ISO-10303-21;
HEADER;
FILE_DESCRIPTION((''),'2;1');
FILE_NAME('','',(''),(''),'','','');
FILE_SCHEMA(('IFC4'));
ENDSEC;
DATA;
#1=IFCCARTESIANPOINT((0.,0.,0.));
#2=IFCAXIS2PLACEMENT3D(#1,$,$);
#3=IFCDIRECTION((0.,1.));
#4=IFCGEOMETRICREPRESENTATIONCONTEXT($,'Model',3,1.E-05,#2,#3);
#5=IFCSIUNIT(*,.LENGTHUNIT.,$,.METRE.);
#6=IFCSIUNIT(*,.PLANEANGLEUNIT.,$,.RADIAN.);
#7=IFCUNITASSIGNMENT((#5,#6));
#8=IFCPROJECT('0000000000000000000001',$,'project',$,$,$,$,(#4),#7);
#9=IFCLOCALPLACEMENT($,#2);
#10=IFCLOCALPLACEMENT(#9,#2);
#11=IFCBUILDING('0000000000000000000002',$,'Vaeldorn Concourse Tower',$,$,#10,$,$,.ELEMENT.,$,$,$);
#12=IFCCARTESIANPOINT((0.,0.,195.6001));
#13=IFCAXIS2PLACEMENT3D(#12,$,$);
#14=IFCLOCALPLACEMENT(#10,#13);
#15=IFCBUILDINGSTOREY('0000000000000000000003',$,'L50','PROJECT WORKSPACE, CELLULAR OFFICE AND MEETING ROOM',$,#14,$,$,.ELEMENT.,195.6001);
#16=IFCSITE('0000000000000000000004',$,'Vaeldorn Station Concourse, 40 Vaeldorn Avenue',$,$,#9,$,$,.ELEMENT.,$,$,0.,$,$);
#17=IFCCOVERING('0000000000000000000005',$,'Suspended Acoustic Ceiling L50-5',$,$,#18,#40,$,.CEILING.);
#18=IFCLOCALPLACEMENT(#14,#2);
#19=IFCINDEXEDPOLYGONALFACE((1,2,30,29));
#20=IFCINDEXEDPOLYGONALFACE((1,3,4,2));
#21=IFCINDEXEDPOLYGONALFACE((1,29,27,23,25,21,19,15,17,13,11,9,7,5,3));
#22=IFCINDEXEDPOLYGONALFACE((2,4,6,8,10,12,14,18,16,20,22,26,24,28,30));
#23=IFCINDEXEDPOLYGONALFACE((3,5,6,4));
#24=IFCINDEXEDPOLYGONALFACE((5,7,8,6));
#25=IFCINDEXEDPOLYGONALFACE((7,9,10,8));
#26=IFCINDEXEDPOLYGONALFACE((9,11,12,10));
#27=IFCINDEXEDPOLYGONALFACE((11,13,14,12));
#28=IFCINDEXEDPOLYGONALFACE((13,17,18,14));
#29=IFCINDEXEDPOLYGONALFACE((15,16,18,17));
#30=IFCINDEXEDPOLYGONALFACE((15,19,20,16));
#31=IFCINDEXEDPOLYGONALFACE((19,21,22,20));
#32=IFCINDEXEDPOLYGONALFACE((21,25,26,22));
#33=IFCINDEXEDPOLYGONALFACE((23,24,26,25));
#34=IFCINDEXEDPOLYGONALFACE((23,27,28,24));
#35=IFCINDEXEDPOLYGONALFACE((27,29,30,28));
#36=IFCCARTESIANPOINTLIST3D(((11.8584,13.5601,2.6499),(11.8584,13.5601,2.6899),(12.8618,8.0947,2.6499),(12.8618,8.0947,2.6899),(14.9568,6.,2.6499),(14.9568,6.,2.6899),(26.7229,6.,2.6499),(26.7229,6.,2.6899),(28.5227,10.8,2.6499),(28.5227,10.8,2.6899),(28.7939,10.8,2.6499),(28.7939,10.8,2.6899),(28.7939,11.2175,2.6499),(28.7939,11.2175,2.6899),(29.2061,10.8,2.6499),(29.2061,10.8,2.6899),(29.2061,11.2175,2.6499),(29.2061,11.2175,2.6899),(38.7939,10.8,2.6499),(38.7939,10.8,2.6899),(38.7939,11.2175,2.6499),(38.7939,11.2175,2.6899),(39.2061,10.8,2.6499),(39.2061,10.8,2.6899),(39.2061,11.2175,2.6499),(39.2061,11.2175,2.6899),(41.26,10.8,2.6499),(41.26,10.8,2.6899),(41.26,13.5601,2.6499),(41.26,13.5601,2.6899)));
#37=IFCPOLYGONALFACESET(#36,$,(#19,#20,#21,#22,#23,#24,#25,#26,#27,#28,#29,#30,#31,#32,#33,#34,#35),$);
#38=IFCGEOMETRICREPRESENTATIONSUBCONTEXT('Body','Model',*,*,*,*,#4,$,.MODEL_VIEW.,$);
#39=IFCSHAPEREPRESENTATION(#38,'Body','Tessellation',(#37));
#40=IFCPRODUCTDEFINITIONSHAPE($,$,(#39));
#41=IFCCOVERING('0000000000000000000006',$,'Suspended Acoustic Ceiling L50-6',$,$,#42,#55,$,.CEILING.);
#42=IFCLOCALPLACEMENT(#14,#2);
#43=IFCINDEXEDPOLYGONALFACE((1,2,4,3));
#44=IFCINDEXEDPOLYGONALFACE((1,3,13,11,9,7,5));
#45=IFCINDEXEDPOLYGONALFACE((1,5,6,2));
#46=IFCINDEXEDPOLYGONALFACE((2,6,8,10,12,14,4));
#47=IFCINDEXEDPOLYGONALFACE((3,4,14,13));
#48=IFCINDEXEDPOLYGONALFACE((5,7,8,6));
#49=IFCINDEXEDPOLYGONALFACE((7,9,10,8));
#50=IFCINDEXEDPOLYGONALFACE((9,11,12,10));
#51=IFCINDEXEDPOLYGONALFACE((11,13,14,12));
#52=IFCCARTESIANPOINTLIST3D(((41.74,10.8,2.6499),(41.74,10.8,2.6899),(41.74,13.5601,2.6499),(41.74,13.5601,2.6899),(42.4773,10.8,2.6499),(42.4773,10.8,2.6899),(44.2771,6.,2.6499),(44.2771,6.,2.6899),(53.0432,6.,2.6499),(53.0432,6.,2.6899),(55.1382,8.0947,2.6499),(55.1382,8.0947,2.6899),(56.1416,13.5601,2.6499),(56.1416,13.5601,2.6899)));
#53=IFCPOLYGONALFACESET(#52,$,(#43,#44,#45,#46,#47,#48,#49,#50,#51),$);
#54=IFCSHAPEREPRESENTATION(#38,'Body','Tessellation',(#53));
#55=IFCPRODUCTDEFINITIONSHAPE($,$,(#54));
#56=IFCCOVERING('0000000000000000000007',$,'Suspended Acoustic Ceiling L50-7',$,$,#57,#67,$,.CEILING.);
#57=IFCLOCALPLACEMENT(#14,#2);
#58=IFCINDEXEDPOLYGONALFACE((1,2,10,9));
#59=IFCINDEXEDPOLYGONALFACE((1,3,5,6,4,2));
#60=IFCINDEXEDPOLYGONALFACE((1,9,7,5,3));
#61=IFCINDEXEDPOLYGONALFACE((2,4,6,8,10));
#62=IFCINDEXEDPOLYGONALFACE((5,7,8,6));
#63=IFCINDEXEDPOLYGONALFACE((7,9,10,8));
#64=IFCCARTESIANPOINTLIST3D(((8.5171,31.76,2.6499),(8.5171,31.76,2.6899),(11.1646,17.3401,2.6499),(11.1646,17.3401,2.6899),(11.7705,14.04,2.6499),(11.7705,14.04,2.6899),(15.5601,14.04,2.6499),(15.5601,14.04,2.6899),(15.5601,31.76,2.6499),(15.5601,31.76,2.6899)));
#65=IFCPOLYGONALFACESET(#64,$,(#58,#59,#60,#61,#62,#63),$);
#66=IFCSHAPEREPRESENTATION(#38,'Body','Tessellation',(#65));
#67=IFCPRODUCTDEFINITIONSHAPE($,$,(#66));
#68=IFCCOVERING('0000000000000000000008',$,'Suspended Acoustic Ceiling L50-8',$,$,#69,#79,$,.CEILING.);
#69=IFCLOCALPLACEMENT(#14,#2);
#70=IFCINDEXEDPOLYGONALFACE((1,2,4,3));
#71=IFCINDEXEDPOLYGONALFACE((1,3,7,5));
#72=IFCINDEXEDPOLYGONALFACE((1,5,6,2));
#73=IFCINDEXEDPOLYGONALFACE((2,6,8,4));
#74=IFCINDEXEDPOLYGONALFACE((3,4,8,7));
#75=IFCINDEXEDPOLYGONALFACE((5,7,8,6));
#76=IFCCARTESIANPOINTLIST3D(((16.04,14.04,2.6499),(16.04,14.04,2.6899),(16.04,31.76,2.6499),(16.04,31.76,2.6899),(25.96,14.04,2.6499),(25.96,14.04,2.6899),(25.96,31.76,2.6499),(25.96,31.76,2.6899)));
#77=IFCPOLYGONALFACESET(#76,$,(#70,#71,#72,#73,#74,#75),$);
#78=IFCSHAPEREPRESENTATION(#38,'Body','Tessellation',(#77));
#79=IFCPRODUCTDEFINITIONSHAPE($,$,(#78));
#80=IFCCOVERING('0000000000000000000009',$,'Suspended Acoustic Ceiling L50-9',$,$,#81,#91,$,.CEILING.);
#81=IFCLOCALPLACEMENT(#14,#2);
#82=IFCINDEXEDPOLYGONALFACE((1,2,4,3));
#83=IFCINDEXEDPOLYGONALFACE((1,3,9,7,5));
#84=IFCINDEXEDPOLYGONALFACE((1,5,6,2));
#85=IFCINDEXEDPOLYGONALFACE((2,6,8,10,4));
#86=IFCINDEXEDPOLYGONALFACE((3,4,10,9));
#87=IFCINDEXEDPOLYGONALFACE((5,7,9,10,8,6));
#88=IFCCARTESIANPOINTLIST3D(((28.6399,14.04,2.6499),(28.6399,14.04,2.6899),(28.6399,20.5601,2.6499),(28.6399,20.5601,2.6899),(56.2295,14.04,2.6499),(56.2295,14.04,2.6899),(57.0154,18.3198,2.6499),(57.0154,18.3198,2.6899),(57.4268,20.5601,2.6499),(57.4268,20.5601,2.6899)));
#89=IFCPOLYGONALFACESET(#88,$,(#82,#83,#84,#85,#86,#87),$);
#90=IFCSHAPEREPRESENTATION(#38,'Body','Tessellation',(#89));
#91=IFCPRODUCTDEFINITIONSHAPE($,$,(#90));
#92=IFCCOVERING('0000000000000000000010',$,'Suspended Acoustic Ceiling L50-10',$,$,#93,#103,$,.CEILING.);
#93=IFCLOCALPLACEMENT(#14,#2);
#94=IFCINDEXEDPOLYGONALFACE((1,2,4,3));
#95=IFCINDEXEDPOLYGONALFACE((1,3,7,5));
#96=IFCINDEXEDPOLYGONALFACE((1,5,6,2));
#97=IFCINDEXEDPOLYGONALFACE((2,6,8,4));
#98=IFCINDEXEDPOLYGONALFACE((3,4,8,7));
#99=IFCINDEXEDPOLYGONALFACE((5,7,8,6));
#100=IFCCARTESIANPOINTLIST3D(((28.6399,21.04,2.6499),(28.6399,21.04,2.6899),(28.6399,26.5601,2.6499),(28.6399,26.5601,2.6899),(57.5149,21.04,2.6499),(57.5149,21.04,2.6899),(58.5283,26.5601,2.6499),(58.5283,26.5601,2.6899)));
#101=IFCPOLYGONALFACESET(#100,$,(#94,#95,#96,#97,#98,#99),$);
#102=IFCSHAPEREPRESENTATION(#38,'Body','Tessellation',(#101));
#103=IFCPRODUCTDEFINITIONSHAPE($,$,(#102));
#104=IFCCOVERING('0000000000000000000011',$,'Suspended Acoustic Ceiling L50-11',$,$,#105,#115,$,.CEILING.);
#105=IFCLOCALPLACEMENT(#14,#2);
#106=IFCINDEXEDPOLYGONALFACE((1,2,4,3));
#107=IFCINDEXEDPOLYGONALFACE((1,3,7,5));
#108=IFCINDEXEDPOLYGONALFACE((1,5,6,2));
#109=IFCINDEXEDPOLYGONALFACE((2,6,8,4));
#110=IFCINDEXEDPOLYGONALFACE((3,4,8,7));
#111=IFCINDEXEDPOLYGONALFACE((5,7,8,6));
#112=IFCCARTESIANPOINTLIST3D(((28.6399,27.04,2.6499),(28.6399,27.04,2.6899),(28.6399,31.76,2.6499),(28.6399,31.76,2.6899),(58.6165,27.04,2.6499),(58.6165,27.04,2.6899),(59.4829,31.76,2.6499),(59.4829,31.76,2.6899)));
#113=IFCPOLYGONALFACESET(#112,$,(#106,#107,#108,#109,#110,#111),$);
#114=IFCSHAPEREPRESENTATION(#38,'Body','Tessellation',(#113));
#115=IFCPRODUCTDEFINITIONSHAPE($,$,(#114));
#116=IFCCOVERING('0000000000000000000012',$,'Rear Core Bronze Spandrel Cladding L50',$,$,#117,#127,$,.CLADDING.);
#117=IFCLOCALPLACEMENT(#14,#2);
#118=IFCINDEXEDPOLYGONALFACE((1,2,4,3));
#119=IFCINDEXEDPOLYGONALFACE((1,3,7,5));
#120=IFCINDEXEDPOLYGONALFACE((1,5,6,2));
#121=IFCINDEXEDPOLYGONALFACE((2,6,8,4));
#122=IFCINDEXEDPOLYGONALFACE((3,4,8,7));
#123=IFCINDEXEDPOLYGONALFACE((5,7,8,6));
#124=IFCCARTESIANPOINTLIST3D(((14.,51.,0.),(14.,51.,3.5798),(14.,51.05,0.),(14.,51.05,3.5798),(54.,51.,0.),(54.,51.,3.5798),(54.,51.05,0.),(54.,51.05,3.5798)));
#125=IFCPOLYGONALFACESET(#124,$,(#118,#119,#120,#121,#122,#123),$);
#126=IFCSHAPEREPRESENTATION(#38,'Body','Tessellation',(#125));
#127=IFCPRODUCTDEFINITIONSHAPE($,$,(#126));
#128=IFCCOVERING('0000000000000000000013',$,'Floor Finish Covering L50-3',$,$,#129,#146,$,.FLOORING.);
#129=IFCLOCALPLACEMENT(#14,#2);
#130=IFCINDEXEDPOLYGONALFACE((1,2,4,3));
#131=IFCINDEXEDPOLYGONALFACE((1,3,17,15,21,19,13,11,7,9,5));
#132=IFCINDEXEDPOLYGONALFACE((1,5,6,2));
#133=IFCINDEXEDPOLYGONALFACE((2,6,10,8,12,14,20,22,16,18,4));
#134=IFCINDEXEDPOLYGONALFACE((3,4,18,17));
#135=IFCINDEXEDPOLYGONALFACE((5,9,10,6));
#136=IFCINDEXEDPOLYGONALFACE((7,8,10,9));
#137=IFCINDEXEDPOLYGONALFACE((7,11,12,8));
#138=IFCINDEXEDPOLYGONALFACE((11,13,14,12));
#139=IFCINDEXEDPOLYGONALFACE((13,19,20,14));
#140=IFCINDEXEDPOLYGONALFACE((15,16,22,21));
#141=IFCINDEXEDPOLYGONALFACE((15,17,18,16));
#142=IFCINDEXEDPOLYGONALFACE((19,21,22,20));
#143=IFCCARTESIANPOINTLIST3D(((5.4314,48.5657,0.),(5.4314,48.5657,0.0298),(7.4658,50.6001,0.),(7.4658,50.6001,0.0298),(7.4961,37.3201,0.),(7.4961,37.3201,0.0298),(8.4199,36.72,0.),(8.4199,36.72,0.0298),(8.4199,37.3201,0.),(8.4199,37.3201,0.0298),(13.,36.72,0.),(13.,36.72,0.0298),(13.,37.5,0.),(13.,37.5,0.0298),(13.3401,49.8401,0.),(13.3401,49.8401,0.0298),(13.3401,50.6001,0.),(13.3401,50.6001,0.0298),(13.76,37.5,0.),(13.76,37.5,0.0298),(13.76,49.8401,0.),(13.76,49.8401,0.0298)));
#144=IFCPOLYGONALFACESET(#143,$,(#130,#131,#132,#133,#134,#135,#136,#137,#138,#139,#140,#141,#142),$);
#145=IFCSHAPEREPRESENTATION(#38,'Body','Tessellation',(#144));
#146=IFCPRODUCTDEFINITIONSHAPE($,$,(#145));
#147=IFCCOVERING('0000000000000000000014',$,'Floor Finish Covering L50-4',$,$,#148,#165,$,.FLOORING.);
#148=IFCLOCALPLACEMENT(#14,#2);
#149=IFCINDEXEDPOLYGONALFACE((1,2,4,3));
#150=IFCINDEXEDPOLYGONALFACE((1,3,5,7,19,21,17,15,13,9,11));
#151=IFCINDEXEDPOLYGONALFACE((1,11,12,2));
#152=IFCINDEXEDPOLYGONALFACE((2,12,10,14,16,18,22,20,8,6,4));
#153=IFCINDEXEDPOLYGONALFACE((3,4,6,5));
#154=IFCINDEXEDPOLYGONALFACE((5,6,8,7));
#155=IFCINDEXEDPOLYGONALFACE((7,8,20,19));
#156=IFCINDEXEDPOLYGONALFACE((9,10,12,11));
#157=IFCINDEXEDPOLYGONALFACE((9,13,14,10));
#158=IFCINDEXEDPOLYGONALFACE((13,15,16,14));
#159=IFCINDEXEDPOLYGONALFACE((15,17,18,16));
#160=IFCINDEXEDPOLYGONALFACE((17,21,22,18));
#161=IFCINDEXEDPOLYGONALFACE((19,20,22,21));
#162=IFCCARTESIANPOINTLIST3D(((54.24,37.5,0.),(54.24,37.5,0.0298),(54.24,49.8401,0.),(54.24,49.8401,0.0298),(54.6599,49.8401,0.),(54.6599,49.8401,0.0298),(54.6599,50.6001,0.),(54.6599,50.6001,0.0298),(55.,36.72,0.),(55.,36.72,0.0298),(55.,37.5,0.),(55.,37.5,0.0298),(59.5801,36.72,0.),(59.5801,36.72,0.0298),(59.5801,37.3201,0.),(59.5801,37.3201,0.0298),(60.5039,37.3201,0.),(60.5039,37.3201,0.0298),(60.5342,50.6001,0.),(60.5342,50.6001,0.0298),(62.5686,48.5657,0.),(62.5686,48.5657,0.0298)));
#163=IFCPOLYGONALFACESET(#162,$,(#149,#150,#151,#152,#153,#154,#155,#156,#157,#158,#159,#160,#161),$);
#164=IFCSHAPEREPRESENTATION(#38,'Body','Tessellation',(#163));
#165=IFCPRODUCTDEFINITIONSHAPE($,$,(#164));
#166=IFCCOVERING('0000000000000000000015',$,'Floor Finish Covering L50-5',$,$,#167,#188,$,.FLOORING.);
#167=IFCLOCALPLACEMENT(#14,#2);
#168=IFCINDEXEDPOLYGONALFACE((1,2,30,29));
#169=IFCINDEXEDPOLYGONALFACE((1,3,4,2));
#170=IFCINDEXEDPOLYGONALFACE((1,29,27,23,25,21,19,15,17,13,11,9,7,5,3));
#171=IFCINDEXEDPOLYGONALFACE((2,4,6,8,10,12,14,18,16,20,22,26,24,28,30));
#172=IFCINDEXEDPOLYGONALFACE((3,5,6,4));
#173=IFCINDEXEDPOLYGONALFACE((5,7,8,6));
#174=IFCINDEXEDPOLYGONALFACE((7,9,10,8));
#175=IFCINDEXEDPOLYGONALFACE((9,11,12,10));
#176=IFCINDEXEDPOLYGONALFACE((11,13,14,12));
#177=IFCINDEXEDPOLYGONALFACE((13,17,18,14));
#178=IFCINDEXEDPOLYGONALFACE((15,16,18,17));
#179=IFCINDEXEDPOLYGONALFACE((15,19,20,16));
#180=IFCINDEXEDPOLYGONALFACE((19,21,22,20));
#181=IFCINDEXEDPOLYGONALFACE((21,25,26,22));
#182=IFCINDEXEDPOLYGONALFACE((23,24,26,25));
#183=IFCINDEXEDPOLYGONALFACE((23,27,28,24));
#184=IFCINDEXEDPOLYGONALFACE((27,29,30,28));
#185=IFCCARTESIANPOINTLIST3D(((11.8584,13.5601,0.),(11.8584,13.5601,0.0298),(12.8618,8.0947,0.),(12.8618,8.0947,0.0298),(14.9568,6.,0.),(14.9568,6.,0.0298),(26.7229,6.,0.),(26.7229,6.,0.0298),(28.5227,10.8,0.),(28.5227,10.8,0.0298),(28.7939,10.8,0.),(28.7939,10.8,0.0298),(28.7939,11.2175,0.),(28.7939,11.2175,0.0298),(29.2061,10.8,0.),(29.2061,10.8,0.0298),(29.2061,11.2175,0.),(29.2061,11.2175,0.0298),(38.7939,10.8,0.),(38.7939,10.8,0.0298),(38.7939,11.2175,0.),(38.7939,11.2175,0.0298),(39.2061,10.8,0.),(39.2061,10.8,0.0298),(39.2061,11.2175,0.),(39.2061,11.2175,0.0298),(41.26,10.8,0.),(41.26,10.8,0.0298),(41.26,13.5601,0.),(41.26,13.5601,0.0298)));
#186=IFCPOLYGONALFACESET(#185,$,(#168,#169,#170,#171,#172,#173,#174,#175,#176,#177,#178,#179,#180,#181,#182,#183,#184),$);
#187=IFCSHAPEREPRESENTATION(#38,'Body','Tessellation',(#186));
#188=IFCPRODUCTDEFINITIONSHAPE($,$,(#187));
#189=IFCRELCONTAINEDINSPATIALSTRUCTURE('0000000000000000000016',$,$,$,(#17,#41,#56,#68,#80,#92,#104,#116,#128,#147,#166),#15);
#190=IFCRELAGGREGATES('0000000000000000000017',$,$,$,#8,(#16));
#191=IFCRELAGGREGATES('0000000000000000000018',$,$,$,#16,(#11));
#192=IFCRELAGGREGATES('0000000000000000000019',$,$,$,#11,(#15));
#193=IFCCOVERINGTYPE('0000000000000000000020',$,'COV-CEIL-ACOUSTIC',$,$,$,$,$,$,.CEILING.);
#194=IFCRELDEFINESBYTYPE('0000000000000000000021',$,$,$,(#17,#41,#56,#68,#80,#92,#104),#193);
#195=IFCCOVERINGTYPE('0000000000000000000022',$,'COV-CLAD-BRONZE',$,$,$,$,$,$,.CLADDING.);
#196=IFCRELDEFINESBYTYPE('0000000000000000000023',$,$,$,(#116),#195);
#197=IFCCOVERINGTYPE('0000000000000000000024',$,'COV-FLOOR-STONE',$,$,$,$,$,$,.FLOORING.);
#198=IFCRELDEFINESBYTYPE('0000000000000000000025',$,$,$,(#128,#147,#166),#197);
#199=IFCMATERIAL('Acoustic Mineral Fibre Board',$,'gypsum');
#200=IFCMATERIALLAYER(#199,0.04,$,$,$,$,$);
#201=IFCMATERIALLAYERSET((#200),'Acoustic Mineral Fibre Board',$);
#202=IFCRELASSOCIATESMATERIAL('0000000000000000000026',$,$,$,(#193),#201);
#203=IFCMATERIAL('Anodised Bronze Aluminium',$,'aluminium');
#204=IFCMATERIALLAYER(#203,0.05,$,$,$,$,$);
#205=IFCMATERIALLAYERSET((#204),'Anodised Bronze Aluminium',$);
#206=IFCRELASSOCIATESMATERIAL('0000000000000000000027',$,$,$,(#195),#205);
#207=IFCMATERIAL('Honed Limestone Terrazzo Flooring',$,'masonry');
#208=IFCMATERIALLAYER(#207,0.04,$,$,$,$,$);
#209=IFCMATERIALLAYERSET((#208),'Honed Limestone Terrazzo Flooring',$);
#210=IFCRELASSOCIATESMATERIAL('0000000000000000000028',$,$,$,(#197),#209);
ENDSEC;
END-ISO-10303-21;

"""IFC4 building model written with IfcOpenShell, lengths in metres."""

from ifc_helpers import new_model, si_unit, direction, frame, origin, place, context, subcontext, project, spatial, polyline, outline, extrude, material, layer, layer_set, type_object, element, save


model = new_model("IFC4")

# Units and contexts
model_context = context("Model", 3, precision=1e-05, world=origin(), true_north=direction((0.0, 1.0)))
body_context = subcontext(model_context, "Body", "Model", "MODEL_VIEW")
ifc_project = project(units=[si_unit("LENGTHUNIT", "METRE"), si_unit("PLANEANGLEUNIT", "RADIAN")], contexts=[model_context])

# Site, building, storey
site_placement = place(None, origin())
site = spatial("IfcSite", under=ifc_project, at=site_placement, Name="Vaeldorn Station Concourse, 40 Vaeldorn Avenue", CompositionType="ELEMENT", RefElevation=0.0)
building_placement = place(site_placement, origin())
building = spatial("IfcBuilding", under=site, at=building_placement, Name="Vaeldorn Concourse Tower", CompositionType="ELEMENT")
storey_placement = place(building_placement, frame((0.0, 0.0, 195.6001)))
storey = spatial("IfcBuildingStorey", under=building, at=storey_placement, Name="L50", Description="PROJECT WORKSPACE, CELLULAR OFFICE AND MEETING ROOM", CompositionType="ELEMENT", Elevation=195.6001)

# Shared definitions
ifc_material_1 = material(Name="Anodised Bronze Aluminium", Category="aluminium")

# Coverings
ifc_material_2 = material(Name="Acoustic Mineral Fibre Board", Category="gypsum")
ifc_layer_1 = layer(ifc_material_2, 0.04)
ifc_layer_set_1 = layer_set([ifc_layer_1], Name="Acoustic Mineral Fibre Board")
covering_type_1 = type_object("IfcCoveringType", Name="COV-CEIL-ACOUSTIC", PredefinedType="CEILING", material=ifc_layer_set_1)
covering_1_placement = place(storey_placement, frame((0.0, 0.0, 2.6499)))
element("IfcCovering", 1, at=covering_1_placement, inside=storey, type_object=covering_type_1, Name="Suspended Acoustic Ceiling L50-5", PredefinedType="CEILING", context=body_context, shape_type="SweptSolid", body=[
    extrude(outline(polyline([(41.26, 13.5601), (41.26, 10.8), (39.2061, 10.8), (39.2061, 11.2175), (38.7939, 11.2175), (38.7939, 10.8), (29.2061, 10.8), (29.2061, 11.2175), (28.7939, 11.2175), (28.7939, 10.8), (28.5227, 10.8), (26.7229, 6.0), (14.9568, 6.0), (12.8618, 8.0947), (11.8584, 13.5601), (41.26, 13.5601)])), origin(), (0.0, 0.0, 1.0), 0.04),
])
covering_2_placement = place(storey_placement, frame((0.0, 0.0, 2.6499)))
element("IfcCovering", 2, at=covering_2_placement, inside=storey, type_object=covering_type_1, Name="Suspended Acoustic Ceiling L50-6", PredefinedType="CEILING", context=body_context, shape_type="SweptSolid", body=[
    extrude(outline(polyline([(41.74, 10.8), (41.74, 13.5601), (56.1416, 13.5601), (55.1382, 8.0947), (53.0432, 6.0), (44.2771, 6.0), (42.4773, 10.8), (41.74, 10.8)])), origin(), (0.0, 0.0, 1.0), 0.04),
])
covering_3_placement = place(storey_placement, frame((0.0, 0.0, 2.6499)))
element("IfcCovering", 3, at=covering_3_placement, inside=storey, type_object=covering_type_1, Name="Suspended Acoustic Ceiling L50-7", PredefinedType="CEILING", context=body_context, shape_type="SweptSolid", body=[
    extrude(outline(polyline([(15.5601, 31.76), (15.5601, 14.04), (11.7705, 14.04), (11.1646, 17.3401), (11.1646, 17.3401), (8.5171, 31.76), (15.5601, 31.76)])), origin(), (0.0, 0.0, 1.0), 0.04),
])
covering_4_placement = place(storey_placement, frame((0.0, 0.0, 2.6499)))
element("IfcCovering", 4, at=covering_4_placement, inside=storey, type_object=covering_type_1, Name="Suspended Acoustic Ceiling L50-8", PredefinedType="CEILING", context=body_context, shape_type="SweptSolid", body=[
    extrude(outline(polyline([(16.04, 31.76), (25.96, 31.76), (25.96, 14.04), (16.04, 14.04), (16.04, 31.76)])), origin(), (0.0, 0.0, 1.0), 0.04),
])
covering_5_placement = place(storey_placement, frame((0.0, 0.0, 2.6499)))
element("IfcCovering", 5, at=covering_5_placement, inside=storey, type_object=covering_type_1, Name="Suspended Acoustic Ceiling L50-9", PredefinedType="CEILING", context=body_context, shape_type="SweptSolid", body=[
    extrude(outline(polyline([(28.6399, 14.04), (28.6399, 20.5601), (57.4268, 20.5601), (57.0154, 18.3198), (56.2295, 14.04), (28.6399, 14.04)])), origin(), (0.0, 0.0, 1.0), 0.04),
])
covering_6_placement = place(storey_placement, frame((0.0, 0.0, 2.6499)))
element("IfcCovering", 6, at=covering_6_placement, inside=storey, type_object=covering_type_1, Name="Suspended Acoustic Ceiling L50-10", PredefinedType="CEILING", context=body_context, shape_type="SweptSolid", body=[
    extrude(outline(polyline([(28.6399, 21.04), (28.6399, 26.5601), (58.5283, 26.5601), (57.5149, 21.04), (28.6399, 21.04)])), origin(), (0.0, 0.0, 1.0), 0.04),
])
covering_7_placement = place(storey_placement, frame((0.0, 0.0, 2.6499)))
element("IfcCovering", 7, at=covering_7_placement, inside=storey, type_object=covering_type_1, Name="Suspended Acoustic Ceiling L50-11", PredefinedType="CEILING", context=body_context, shape_type="SweptSolid", body=[
    extrude(outline(polyline([(28.6399, 31.76), (59.4829, 31.76), (58.6165, 27.04), (28.6399, 27.04), (28.6399, 31.76)])), origin(), (0.0, 0.0, 1.0), 0.04),
])
ifc_layer_2 = layer(ifc_material_1, 0.05)
ifc_layer_set_2 = layer_set([ifc_layer_2], Name="Anodised Bronze Aluminium")
covering_type_2 = type_object("IfcCoveringType", Name="COV-CLAD-BRONZE", PredefinedType="CLADDING", material=ifc_layer_set_2)
covering_8_placement = place(storey_placement, origin())
element("IfcCovering", 8, at=covering_8_placement, inside=storey, type_object=covering_type_2, Name="Rear Core Bronze Spandrel Cladding L50", PredefinedType="CLADDING", context=body_context, shape_type="SweptSolid", body=[
    extrude(outline(polyline([(14.0, 51.0), (54.0, 51.0), (54.0, 51.05), (14.0, 51.05), (14.0, 51.0)])), origin(), (0.0, 0.0, 1.0), 3.5798),
])
ifc_material_3 = material(Name="Honed Limestone Terrazzo Flooring", Category="masonry")
ifc_layer_3 = layer(ifc_material_3, 0.04)
ifc_layer_set_3 = layer_set([ifc_layer_3], Name="Honed Limestone Terrazzo Flooring")
covering_type_3 = type_object("IfcCoveringType", Name="COV-FLOOR-STONE", PredefinedType="FLOORING", material=ifc_layer_set_3)
covering_9_placement = place(storey_placement, origin())
element("IfcCovering", 9, at=covering_9_placement, inside=storey, type_object=covering_type_3, Name="Floor Finish Covering L50-3", PredefinedType="FLOORING", context=body_context, shape_type="SweptSolid", body=[
    extrude(outline(polyline([(7.4658, 50.6001), (13.3401, 50.6001), (13.3401, 49.8401), (13.76, 49.8401), (13.76, 37.5), (13.0, 37.5), (13.0, 36.72), (8.4199, 36.72), (8.4199, 37.3201), (7.4961, 37.3201), (5.4314, 48.5657), (7.4658, 50.6001)])), origin(), (0.0, 0.0, 1.0), 0.0298),
])
covering_10_placement = place(storey_placement, origin())
element("IfcCovering", 10, at=covering_10_placement, inside=storey, type_object=covering_type_3, Name="Floor Finish Covering L50-4", PredefinedType="FLOORING", context=body_context, shape_type="SweptSolid", body=[
    extrude(outline(polyline([(54.6599, 49.8401), (54.6599, 50.6001), (60.5342, 50.6001), (62.5686, 48.5657), (60.5039, 37.3201), (59.5801, 37.3201), (59.5801, 36.72), (55.0, 36.72), (55.0, 37.5), (54.24, 37.5), (54.24, 49.8401), (54.6599, 49.8401)])), origin(), (0.0, 0.0, 1.0), 0.0298),
])
covering_11_placement = place(storey_placement, origin())
element("IfcCovering", 11, at=covering_11_placement, inside=storey, type_object=covering_type_3, Name="Floor Finish Covering L50-5", PredefinedType="FLOORING", context=body_context, shape_type="SweptSolid", body=[
    extrude(outline(polyline([(41.26, 13.5601), (41.26, 10.8), (39.2061, 10.8), (39.2061, 11.2175), (38.7939, 11.2175), (38.7939, 10.8), (29.2061, 10.8), (29.2061, 11.2175), (28.7939, 11.2175), (28.7939, 10.8), (28.5227, 10.8), (26.7229, 6.0), (14.9568, 6.0), (12.8618, 8.0947), (11.8584, 13.5601), (41.26, 13.5601)])), origin(), (0.0, 0.0, 1.0), 0.0298),
])

save(model, "model.ifc")
